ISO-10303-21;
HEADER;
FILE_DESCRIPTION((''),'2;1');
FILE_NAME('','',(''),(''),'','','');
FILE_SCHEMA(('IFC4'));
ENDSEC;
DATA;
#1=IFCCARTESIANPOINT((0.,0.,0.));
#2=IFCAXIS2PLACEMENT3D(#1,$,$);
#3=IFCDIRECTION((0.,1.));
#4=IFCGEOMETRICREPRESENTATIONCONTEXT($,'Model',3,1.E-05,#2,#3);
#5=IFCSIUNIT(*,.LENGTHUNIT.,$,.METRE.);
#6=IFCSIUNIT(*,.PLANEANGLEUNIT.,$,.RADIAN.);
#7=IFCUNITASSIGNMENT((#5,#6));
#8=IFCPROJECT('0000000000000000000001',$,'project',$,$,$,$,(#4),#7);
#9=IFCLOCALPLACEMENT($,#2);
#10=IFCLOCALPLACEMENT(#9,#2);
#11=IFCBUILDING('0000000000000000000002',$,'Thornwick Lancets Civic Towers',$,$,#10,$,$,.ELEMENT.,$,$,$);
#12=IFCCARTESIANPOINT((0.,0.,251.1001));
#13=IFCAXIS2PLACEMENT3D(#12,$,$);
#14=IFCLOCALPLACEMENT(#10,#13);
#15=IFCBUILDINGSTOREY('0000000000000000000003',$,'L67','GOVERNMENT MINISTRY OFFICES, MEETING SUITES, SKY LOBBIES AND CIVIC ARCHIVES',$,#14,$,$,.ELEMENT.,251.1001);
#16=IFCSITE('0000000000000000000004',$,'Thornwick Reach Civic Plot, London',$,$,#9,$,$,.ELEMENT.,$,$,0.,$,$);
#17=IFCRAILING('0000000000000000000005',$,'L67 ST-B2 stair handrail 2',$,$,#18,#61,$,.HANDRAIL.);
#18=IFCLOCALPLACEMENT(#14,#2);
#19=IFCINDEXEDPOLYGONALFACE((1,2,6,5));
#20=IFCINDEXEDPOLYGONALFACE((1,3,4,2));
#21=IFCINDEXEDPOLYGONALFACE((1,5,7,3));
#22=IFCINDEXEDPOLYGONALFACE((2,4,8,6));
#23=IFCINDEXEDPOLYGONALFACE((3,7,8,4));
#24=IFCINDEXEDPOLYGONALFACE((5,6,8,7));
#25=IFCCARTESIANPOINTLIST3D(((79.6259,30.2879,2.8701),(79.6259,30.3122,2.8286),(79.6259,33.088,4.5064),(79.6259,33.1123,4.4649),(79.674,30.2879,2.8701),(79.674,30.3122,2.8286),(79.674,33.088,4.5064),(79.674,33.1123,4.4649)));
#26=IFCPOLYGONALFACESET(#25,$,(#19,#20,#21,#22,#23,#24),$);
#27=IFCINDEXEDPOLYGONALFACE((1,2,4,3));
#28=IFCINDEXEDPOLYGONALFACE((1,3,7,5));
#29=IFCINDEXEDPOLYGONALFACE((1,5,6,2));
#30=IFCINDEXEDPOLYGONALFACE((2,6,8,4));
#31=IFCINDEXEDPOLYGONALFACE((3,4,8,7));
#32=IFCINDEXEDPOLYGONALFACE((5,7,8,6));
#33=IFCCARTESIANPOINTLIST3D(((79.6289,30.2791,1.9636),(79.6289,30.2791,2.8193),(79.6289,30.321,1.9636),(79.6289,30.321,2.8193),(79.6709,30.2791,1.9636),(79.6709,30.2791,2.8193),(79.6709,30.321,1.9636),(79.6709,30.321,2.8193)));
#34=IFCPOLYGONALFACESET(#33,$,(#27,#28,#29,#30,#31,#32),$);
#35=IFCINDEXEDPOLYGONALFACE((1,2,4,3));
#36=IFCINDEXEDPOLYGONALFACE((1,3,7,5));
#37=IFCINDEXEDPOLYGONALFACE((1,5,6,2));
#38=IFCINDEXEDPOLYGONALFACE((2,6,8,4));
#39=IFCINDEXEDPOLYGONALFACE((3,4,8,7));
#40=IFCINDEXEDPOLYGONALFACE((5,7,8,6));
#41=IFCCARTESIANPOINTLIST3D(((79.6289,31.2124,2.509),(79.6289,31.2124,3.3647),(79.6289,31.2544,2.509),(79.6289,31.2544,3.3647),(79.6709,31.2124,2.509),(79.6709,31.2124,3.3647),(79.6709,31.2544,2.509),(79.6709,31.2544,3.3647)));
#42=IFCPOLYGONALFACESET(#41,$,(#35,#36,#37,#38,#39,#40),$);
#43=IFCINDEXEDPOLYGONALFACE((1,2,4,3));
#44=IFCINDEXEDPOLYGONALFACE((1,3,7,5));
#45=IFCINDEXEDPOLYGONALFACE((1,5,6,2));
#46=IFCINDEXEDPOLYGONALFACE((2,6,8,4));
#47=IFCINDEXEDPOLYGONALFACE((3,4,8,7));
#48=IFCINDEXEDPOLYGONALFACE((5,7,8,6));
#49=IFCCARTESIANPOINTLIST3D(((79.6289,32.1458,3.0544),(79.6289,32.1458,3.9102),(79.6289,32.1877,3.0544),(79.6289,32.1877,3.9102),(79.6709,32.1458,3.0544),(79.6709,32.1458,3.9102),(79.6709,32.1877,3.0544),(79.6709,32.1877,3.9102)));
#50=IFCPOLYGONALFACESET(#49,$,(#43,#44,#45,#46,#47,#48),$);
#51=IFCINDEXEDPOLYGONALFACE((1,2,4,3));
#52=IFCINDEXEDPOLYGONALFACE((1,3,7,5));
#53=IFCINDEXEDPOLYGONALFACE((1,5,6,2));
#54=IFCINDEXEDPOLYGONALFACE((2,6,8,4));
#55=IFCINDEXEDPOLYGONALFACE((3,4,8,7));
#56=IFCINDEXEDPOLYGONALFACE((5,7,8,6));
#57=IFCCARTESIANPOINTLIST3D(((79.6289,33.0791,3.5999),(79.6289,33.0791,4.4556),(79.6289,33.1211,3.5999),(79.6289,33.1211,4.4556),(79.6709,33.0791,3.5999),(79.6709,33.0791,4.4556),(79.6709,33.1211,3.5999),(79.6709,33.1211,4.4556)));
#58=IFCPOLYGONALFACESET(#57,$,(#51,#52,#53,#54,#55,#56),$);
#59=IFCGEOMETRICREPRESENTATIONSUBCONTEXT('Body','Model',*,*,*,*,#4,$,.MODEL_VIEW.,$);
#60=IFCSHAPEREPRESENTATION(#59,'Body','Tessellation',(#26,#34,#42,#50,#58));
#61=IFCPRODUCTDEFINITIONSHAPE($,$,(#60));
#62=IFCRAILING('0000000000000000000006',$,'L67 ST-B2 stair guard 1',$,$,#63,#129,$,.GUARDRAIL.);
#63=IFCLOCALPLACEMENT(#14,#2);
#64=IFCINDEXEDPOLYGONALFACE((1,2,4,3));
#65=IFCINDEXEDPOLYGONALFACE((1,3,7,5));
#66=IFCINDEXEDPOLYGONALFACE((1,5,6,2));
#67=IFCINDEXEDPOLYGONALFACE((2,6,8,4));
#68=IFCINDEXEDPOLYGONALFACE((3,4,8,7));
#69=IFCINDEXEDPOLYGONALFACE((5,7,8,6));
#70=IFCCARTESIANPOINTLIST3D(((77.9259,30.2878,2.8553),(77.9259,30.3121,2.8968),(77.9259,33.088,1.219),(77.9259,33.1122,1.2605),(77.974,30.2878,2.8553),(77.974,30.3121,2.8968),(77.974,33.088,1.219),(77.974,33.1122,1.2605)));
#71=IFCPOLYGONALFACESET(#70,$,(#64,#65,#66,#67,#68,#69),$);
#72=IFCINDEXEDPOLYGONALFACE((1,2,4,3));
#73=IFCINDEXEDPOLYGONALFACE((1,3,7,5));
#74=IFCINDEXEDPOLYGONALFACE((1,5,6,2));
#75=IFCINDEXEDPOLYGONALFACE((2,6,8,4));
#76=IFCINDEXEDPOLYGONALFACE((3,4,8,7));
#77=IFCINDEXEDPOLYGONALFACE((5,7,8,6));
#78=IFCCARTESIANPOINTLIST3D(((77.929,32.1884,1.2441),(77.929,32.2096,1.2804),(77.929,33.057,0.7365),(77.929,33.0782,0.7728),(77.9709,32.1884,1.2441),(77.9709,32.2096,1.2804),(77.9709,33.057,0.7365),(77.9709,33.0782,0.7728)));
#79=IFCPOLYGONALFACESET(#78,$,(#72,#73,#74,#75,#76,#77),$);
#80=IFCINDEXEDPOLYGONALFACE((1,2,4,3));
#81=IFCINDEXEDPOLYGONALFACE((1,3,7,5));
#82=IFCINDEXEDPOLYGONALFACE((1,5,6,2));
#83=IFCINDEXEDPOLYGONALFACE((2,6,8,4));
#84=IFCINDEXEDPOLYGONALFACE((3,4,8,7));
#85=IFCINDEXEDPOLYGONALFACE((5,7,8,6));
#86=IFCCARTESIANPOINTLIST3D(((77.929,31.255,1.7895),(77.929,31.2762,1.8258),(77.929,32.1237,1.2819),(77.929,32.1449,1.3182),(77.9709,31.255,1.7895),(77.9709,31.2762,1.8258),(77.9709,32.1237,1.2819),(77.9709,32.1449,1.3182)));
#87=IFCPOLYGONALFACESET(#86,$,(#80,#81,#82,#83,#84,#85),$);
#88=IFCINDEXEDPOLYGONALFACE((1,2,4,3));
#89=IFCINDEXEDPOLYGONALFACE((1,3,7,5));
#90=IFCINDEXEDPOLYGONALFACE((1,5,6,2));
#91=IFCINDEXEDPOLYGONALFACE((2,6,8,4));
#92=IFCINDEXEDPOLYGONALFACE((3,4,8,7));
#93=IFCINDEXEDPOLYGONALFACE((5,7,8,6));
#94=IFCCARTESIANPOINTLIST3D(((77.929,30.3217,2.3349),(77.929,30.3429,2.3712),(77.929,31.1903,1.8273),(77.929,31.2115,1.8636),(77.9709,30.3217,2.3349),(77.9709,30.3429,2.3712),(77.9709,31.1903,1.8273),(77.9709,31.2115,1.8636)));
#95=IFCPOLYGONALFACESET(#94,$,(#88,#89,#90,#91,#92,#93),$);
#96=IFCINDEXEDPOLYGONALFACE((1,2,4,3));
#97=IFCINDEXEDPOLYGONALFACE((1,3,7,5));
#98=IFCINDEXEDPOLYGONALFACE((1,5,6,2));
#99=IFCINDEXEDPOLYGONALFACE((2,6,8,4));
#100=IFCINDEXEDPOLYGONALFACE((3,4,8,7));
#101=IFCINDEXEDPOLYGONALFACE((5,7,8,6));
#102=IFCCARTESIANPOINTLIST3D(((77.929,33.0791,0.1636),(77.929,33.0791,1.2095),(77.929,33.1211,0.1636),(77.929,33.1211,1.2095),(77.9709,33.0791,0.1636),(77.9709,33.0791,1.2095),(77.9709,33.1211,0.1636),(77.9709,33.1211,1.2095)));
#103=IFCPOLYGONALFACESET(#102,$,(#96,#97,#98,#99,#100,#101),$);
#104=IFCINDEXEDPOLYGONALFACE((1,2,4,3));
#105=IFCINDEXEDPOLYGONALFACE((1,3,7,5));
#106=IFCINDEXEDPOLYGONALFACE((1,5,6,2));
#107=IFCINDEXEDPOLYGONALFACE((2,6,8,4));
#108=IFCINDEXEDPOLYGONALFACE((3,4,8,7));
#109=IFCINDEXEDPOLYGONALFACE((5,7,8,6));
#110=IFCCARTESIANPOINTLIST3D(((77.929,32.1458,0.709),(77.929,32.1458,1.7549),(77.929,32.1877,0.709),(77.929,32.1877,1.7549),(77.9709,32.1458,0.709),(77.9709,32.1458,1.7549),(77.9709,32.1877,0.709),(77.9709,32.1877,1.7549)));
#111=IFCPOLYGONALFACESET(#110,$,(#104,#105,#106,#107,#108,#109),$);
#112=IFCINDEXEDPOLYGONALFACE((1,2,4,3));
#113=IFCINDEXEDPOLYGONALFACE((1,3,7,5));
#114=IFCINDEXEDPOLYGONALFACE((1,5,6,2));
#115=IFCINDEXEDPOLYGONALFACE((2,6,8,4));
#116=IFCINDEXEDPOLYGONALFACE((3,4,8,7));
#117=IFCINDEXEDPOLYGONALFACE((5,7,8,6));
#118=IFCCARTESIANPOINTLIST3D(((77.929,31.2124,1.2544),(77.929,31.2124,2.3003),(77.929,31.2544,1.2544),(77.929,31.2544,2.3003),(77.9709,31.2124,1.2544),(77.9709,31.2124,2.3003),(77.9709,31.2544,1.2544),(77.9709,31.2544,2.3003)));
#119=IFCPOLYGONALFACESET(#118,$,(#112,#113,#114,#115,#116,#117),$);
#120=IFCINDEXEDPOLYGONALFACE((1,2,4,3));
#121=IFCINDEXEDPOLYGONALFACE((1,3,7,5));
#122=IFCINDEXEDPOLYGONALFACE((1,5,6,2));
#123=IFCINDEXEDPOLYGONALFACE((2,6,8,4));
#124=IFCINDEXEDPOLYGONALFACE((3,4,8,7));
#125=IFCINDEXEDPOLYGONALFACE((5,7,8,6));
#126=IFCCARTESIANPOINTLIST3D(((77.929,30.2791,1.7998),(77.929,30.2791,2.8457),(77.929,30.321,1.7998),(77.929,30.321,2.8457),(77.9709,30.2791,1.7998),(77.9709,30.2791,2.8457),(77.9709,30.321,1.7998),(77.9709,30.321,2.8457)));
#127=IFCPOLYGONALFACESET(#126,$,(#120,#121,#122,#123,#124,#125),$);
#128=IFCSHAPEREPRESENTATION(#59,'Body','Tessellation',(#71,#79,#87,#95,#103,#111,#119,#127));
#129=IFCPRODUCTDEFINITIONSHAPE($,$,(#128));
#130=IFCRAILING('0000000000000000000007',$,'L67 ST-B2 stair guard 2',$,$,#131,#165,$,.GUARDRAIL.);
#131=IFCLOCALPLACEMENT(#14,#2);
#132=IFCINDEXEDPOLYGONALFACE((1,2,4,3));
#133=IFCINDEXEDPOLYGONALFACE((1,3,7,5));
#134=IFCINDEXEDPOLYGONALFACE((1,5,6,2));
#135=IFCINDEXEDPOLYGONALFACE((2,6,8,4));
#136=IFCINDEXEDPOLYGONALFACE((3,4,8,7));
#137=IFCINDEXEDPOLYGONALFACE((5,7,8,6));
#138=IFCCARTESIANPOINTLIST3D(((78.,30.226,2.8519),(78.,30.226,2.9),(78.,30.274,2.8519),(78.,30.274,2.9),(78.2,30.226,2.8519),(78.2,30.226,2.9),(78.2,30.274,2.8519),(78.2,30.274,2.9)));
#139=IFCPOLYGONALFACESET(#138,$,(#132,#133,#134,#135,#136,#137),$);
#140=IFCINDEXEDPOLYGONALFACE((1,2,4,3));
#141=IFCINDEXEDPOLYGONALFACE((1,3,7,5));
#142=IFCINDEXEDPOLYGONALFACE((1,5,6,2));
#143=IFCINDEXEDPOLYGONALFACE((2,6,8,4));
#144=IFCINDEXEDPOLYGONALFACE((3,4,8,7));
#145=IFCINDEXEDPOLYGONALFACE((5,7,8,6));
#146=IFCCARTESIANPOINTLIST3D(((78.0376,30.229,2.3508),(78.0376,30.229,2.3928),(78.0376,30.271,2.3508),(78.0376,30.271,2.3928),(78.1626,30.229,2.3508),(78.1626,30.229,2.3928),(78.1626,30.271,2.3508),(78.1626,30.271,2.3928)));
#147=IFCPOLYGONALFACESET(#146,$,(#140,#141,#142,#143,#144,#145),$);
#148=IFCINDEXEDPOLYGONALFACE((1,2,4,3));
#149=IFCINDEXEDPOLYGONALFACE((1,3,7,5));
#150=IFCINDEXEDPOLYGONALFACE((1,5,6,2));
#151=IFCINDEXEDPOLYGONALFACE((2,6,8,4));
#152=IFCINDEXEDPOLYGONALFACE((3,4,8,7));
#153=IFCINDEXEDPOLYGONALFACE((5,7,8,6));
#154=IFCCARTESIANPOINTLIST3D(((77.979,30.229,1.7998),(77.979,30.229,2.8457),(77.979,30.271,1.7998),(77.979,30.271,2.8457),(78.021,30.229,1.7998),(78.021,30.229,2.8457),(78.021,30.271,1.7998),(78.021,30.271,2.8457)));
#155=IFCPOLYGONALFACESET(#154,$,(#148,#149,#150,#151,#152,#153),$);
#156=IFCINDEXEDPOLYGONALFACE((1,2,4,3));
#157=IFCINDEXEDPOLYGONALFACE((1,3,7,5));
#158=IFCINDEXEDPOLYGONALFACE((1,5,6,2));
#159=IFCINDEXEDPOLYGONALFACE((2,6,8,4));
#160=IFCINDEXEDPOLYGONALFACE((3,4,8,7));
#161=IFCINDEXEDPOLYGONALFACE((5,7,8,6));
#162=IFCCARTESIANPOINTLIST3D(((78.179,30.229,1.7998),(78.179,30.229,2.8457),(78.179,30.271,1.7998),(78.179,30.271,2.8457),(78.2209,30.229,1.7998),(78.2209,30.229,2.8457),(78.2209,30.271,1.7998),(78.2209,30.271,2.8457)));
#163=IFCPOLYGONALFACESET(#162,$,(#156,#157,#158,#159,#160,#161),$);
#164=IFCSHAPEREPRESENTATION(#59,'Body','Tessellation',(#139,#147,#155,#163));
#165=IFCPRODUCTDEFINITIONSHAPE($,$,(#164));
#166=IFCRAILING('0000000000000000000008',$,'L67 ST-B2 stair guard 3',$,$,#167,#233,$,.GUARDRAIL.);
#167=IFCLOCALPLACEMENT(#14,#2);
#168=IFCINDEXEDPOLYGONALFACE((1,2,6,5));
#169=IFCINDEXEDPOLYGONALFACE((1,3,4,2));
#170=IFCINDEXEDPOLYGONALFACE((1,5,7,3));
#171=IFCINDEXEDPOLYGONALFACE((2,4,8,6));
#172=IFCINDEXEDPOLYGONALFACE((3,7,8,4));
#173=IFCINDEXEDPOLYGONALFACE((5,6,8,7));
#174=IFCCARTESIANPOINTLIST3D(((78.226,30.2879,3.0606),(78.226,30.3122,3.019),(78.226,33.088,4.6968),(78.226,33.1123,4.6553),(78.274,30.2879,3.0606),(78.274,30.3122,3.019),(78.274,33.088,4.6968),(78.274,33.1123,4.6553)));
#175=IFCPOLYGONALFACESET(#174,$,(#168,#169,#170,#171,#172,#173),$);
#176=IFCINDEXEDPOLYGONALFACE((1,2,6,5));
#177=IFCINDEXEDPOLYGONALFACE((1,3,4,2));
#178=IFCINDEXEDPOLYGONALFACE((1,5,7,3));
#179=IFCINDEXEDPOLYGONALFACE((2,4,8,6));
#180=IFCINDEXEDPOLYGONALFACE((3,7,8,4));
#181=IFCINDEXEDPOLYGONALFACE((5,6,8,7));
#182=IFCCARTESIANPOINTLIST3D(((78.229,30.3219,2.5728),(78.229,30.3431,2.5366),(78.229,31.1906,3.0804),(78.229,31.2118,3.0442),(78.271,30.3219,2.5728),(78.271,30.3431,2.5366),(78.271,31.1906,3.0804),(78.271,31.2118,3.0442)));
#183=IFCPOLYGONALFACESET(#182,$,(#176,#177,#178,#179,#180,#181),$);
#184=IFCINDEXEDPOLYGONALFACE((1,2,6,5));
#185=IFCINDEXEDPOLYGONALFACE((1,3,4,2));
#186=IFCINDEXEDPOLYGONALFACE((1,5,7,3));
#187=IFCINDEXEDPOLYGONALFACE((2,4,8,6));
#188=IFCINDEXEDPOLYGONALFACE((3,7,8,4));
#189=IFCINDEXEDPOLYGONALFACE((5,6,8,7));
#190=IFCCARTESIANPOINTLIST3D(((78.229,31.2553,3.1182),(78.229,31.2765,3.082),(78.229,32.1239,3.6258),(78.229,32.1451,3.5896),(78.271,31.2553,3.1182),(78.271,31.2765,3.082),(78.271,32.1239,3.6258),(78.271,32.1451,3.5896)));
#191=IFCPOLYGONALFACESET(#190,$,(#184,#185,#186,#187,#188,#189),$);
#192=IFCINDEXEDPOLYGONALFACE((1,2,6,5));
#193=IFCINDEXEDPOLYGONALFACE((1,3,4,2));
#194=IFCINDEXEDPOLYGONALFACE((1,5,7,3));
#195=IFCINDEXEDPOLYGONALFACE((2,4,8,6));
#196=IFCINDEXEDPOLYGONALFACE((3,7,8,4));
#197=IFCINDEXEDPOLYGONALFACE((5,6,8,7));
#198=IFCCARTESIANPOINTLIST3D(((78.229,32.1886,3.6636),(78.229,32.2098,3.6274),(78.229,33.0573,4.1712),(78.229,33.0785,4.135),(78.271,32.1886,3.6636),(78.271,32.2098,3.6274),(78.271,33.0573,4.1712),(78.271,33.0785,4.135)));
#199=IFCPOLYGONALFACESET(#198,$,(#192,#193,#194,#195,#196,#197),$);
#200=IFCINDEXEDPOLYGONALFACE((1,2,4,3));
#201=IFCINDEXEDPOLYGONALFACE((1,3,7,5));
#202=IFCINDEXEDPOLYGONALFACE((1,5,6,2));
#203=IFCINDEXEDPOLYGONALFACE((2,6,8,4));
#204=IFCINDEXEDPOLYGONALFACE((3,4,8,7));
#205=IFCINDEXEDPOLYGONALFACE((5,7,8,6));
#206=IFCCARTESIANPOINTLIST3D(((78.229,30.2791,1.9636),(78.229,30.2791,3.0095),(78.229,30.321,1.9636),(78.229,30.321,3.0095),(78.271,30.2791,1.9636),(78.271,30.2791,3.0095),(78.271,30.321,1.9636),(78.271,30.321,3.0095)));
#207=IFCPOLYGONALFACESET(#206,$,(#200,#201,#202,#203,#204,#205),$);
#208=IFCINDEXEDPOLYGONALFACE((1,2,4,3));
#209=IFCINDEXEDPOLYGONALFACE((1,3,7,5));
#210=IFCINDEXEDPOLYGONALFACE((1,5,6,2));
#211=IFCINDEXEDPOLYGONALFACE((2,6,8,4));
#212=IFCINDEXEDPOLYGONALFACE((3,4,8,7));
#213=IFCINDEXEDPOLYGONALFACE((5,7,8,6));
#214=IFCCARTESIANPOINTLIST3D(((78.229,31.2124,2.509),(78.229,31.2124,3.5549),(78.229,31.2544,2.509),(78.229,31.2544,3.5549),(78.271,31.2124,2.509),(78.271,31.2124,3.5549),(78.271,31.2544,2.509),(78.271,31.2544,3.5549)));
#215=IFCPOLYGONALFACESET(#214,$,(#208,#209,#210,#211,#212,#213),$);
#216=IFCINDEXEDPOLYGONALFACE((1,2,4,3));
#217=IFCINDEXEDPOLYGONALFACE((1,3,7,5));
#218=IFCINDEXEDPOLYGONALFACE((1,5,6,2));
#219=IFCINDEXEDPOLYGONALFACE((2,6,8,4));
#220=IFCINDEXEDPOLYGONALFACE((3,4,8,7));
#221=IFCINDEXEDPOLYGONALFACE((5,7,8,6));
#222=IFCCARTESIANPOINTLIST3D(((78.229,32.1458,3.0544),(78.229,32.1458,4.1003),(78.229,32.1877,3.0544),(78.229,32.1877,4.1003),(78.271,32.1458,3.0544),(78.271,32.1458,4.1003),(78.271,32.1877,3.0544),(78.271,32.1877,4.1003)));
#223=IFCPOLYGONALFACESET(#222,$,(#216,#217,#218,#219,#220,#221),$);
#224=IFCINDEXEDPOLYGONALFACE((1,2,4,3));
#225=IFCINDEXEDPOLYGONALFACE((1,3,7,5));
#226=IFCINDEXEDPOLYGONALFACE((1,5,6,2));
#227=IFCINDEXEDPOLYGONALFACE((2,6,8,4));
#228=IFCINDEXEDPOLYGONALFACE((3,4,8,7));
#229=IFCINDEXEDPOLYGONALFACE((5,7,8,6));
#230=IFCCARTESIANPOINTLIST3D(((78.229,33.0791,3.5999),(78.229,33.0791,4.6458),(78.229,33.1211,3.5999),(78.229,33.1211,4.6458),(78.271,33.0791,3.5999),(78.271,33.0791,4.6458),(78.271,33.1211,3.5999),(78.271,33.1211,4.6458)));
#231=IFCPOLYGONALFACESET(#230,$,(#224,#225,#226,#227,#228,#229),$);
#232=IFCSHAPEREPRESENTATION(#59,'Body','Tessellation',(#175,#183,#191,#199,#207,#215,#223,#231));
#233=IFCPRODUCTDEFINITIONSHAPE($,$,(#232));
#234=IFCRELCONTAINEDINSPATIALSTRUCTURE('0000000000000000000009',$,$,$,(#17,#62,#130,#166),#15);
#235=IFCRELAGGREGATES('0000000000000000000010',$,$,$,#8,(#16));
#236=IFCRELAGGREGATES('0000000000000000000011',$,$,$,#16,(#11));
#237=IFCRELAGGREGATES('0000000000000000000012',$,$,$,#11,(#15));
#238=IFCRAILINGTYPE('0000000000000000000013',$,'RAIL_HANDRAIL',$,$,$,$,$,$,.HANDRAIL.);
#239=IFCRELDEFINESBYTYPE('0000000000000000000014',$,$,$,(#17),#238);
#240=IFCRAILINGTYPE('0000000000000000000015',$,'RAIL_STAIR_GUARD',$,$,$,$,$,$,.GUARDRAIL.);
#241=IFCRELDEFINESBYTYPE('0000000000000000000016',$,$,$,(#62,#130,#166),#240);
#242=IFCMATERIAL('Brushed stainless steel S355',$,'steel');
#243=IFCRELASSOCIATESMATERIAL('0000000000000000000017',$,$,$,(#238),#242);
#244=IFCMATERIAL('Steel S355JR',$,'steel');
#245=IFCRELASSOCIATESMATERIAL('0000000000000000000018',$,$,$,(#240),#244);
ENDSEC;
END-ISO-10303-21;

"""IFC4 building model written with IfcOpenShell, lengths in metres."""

from ifc_helpers import new_model, si_unit, direction, frame, origin, origin_2d, place, context, subcontext, project, spatial, rectangle, extrude, material, type_object, element, save


model = new_model("IFC4")

# Units and contexts
model_context = context("Model", 3, precision=1e-05, world=origin(), true_north=direction((0.0, 1.0)))
body_context = subcontext(model_context, "Body", "Model", "MODEL_VIEW")
ifc_project = project(units=[si_unit("LENGTHUNIT", "METRE"), si_unit("PLANEANGLEUNIT", "RADIAN")], contexts=[model_context])

# Site, building, storey
site_placement = place(None, origin())
site = spatial("IfcSite", under=ifc_project, at=site_placement, Name="Thornwick Reach Civic Plot, London", CompositionType="ELEMENT", RefElevation=0.0)
building_placement = place(site_placement, origin())
building = spatial("IfcBuilding", under=site, at=building_placement, Name="Thornwick Lancets Civic Towers", CompositionType="ELEMENT")
storey_placement = place(building_placement, frame((0.0, 0.0, 251.1001)))
storey = spatial("IfcBuildingStorey", under=building, at=storey_placement, Name="L67", Description="GOVERNMENT MINISTRY OFFICES, MEETING SUITES, SKY LOBBIES AND CIVIC ARCHIVES", CompositionType="ELEMENT", Elevation=251.1001)

# Shared definitions
ifc_material_1 = material(Name="Steel S355JR", Category="steel")

# Railings
ifc_material_2 = material(Name="Brushed stainless steel S355", Category="steel")
railing_type_1 = type_object("IfcRailingType", Name="RAIL_HANDRAIL", PredefinedType="HANDRAIL", material=ifc_material_2)
railing_1_placement = place(storey_placement, frame((79.6499, 30.3, 1.9636)))
element("IfcRailing", 1, at=railing_1_placement, inside=storey, type_object=railing_type_1, Name="L67 ST-B2 stair handrail 2", PredefinedType="HANDRAIL", context=body_context, shape_type="SweptSolid", body=[
    extrude(rectangle(XDim=0.0481, YDim=0.0481, at=origin_2d()), frame((0.0, 0.0, 0.8857), z_axis=(0.0, 0.863394, 0.504531), x_axis=(-1.0, 0.0, 0.0)), (0.0, 0.0, 1.0), 3.2432),
    extrude(rectangle(XDim=0.042, YDim=0.042, at=origin_2d()), origin(), (0.0, 0.0, 1.0), 0.8557),
    extrude(rectangle(XDim=0.042, YDim=0.042, at=origin_2d()), frame((0.0, 0.9333, 0.5454)), (0.0, 0.0, 1.0), 0.8557),
    extrude(rectangle(XDim=0.042, YDim=0.042, at=origin_2d()), frame((0.0, 1.8667, 1.0908)), (0.0, 0.0, 1.0), 0.8557),
    extrude(rectangle(XDim=0.042, YDim=0.042, at=origin_2d()), frame((0.0, 2.8, 1.6362)), (0.0, 0.0, 1.0), 0.8557),
])
railing_type_2 = type_object("IfcRailingType", Name="RAIL_STAIR_GUARD", PredefinedType="GUARDRAIL", material=ifc_material_1)
railing_2_placement = place(storey_placement, frame((77.95, 33.1001, 0.1636)))
element("IfcRailing", 2, at=railing_2_placement, inside=storey, type_object=railing_type_2, Name="L67 ST-B2 stair guard 1", PredefinedType="GUARDRAIL", context=body_context, shape_type="SweptSolid", body=[
    extrude(rectangle(XDim=0.0481, YDim=0.0481, at=origin_2d()), frame((0.0, 0.0, 1.0762), z_axis=(0.0, -0.863394, 0.504531), x_axis=(1.0, 0.0, 0.0)), (0.0, 0.0, 1.0), 3.2432),
    extrude(rectangle(XDim=0.042, YDim=0.042, at=origin_2d()), frame((0.0, -0.0325, 0.5911), z_axis=(0.0, -0.863394, 0.504531), x_axis=(1.0, 0.0, 0.0)), (0.0, 0.0, 1.0), 1.0061),
    extrude(rectangle(XDim=0.042, YDim=0.042, at=origin_2d()), frame((0.0, -0.9658, 1.1365), z_axis=(0.0, -0.863394, 0.504531), x_axis=(1.0, 0.0, 0.0)), (0.0, 0.0, 1.0), 1.0061),
    extrude(rectangle(XDim=0.042, YDim=0.042, at=origin_2d()), frame((0.0, -1.8992, 1.6819), z_axis=(0.0, -0.863394, 0.504531), x_axis=(1.0, 0.0, 0.0)), (0.0, 0.0, 1.0), 1.0061),
    extrude(rectangle(XDim=0.042, YDim=0.042, at=origin_2d()), origin(), (0.0, 0.0, 1.0), 1.0459),
    extrude(rectangle(XDim=0.042, YDim=0.042, at=origin_2d()), frame((0.0, -0.9333, 0.5454)), (0.0, 0.0, 1.0), 1.0459),
    extrude(rectangle(XDim=0.042, YDim=0.042, at=origin_2d()), frame((0.0, -1.8667, 1.0908)), (0.0, 0.0, 1.0), 1.0459),
    extrude(rectangle(XDim=0.042, YDim=0.042, at=origin_2d()), frame((0.0, -2.8, 1.6362)), (0.0, 0.0, 1.0), 1.0459),
])
railing_3_placement = place(storey_placement, frame((78.0, 30.25, 1.7998)))
element("IfcRailing", 3, at=railing_3_placement, inside=storey, type_object=railing_type_2, Name="L67 ST-B2 stair guard 2", PredefinedType="GUARDRAIL", context=body_context, shape_type="SweptSolid", body=[
    extrude(rectangle(XDim=0.0481, YDim=0.0481, at=origin_2d()), frame((0.0, 0.0, 1.0762), z_axis=(1.0, 0.0, 0.0), x_axis=(0.0, 1.0, 0.0)), (0.0, 0.0, 1.0), 0.2),
    extrude(rectangle(XDim=0.042, YDim=0.042, at=origin_2d()), frame((0.0376, 0.0, 0.572), z_axis=(1.0, 0.0, 0.0), x_axis=(0.0, 1.0, 0.0)), (0.0, 0.0, 1.0), 0.125),
    extrude(rectangle(XDim=0.042, YDim=0.042, at=origin_2d()), origin(), (0.0, 0.0, 1.0), 1.0459),
    extrude(rectangle(XDim=0.042, YDim=0.042, at=origin_2d()), frame((0.2, 0.0, 0.0)), (0.0, 0.0, 1.0), 1.0459),
])
railing_4_placement = place(storey_placement, frame((78.25, 30.3, 1.9636)))
element("IfcRailing", 4, at=railing_4_placement, inside=storey, type_object=railing_type_2, Name="L67 ST-B2 stair guard 3", PredefinedType="GUARDRAIL", context=body_context, shape_type="SweptSolid", body=[
    extrude(rectangle(XDim=0.0481, YDim=0.0481, at=origin_2d()), frame((0.0, 0.0, 1.0762), z_axis=(0.0, 0.863394, 0.504531), x_axis=(-1.0, 0.0, 0.0)), (0.0, 0.0, 1.0), 3.2432),
    extrude(rectangle(XDim=0.042, YDim=0.042, at=origin_2d()), frame((0.0, 0.0325, 0.5911), z_axis=(0.0, 0.863394, 0.504531), x_axis=(-1.0, 0.0, 0.0)), (0.0, 0.0, 1.0), 1.0061),
    extrude(rectangle(XDim=0.042, YDim=0.042, at=origin_2d()), frame((0.0, 0.9658, 1.1365), z_axis=(0.0, 0.863394, 0.504531), x_axis=(-1.0, 0.0, 0.0)), (0.0, 0.0, 1.0), 1.0061),
    extrude(rectangle(XDim=0.042, YDim=0.042, at=origin_2d()), frame((0.0, 1.8992, 1.6819), z_axis=(0.0, 0.863394, 0.504531), x_axis=(-1.0, 0.0, 0.0)), (0.0, 0.0, 1.0), 1.0061),
    extrude(rectangle(XDim=0.042, YDim=0.042, at=origin_2d()), origin(), (0.0, 0.0, 1.0), 1.0459),
    extrude(rectangle(XDim=0.042, YDim=0.042, at=origin_2d()), frame((0.0, 0.9333, 0.5454)), (0.0, 0.0, 1.0), 1.0459),
    extrude(rectangle(XDim=0.042, YDim=0.042, at=origin_2d()), frame((0.0, 1.8667, 1.0908)), (0.0, 0.0, 1.0), 1.0459),
    extrude(rectangle(XDim=0.042, YDim=0.042, at=origin_2d()), frame((0.0, 2.8, 1.6362)), (0.0, 0.0, 1.0), 1.0459),
])

save(model, "model.ifc")
